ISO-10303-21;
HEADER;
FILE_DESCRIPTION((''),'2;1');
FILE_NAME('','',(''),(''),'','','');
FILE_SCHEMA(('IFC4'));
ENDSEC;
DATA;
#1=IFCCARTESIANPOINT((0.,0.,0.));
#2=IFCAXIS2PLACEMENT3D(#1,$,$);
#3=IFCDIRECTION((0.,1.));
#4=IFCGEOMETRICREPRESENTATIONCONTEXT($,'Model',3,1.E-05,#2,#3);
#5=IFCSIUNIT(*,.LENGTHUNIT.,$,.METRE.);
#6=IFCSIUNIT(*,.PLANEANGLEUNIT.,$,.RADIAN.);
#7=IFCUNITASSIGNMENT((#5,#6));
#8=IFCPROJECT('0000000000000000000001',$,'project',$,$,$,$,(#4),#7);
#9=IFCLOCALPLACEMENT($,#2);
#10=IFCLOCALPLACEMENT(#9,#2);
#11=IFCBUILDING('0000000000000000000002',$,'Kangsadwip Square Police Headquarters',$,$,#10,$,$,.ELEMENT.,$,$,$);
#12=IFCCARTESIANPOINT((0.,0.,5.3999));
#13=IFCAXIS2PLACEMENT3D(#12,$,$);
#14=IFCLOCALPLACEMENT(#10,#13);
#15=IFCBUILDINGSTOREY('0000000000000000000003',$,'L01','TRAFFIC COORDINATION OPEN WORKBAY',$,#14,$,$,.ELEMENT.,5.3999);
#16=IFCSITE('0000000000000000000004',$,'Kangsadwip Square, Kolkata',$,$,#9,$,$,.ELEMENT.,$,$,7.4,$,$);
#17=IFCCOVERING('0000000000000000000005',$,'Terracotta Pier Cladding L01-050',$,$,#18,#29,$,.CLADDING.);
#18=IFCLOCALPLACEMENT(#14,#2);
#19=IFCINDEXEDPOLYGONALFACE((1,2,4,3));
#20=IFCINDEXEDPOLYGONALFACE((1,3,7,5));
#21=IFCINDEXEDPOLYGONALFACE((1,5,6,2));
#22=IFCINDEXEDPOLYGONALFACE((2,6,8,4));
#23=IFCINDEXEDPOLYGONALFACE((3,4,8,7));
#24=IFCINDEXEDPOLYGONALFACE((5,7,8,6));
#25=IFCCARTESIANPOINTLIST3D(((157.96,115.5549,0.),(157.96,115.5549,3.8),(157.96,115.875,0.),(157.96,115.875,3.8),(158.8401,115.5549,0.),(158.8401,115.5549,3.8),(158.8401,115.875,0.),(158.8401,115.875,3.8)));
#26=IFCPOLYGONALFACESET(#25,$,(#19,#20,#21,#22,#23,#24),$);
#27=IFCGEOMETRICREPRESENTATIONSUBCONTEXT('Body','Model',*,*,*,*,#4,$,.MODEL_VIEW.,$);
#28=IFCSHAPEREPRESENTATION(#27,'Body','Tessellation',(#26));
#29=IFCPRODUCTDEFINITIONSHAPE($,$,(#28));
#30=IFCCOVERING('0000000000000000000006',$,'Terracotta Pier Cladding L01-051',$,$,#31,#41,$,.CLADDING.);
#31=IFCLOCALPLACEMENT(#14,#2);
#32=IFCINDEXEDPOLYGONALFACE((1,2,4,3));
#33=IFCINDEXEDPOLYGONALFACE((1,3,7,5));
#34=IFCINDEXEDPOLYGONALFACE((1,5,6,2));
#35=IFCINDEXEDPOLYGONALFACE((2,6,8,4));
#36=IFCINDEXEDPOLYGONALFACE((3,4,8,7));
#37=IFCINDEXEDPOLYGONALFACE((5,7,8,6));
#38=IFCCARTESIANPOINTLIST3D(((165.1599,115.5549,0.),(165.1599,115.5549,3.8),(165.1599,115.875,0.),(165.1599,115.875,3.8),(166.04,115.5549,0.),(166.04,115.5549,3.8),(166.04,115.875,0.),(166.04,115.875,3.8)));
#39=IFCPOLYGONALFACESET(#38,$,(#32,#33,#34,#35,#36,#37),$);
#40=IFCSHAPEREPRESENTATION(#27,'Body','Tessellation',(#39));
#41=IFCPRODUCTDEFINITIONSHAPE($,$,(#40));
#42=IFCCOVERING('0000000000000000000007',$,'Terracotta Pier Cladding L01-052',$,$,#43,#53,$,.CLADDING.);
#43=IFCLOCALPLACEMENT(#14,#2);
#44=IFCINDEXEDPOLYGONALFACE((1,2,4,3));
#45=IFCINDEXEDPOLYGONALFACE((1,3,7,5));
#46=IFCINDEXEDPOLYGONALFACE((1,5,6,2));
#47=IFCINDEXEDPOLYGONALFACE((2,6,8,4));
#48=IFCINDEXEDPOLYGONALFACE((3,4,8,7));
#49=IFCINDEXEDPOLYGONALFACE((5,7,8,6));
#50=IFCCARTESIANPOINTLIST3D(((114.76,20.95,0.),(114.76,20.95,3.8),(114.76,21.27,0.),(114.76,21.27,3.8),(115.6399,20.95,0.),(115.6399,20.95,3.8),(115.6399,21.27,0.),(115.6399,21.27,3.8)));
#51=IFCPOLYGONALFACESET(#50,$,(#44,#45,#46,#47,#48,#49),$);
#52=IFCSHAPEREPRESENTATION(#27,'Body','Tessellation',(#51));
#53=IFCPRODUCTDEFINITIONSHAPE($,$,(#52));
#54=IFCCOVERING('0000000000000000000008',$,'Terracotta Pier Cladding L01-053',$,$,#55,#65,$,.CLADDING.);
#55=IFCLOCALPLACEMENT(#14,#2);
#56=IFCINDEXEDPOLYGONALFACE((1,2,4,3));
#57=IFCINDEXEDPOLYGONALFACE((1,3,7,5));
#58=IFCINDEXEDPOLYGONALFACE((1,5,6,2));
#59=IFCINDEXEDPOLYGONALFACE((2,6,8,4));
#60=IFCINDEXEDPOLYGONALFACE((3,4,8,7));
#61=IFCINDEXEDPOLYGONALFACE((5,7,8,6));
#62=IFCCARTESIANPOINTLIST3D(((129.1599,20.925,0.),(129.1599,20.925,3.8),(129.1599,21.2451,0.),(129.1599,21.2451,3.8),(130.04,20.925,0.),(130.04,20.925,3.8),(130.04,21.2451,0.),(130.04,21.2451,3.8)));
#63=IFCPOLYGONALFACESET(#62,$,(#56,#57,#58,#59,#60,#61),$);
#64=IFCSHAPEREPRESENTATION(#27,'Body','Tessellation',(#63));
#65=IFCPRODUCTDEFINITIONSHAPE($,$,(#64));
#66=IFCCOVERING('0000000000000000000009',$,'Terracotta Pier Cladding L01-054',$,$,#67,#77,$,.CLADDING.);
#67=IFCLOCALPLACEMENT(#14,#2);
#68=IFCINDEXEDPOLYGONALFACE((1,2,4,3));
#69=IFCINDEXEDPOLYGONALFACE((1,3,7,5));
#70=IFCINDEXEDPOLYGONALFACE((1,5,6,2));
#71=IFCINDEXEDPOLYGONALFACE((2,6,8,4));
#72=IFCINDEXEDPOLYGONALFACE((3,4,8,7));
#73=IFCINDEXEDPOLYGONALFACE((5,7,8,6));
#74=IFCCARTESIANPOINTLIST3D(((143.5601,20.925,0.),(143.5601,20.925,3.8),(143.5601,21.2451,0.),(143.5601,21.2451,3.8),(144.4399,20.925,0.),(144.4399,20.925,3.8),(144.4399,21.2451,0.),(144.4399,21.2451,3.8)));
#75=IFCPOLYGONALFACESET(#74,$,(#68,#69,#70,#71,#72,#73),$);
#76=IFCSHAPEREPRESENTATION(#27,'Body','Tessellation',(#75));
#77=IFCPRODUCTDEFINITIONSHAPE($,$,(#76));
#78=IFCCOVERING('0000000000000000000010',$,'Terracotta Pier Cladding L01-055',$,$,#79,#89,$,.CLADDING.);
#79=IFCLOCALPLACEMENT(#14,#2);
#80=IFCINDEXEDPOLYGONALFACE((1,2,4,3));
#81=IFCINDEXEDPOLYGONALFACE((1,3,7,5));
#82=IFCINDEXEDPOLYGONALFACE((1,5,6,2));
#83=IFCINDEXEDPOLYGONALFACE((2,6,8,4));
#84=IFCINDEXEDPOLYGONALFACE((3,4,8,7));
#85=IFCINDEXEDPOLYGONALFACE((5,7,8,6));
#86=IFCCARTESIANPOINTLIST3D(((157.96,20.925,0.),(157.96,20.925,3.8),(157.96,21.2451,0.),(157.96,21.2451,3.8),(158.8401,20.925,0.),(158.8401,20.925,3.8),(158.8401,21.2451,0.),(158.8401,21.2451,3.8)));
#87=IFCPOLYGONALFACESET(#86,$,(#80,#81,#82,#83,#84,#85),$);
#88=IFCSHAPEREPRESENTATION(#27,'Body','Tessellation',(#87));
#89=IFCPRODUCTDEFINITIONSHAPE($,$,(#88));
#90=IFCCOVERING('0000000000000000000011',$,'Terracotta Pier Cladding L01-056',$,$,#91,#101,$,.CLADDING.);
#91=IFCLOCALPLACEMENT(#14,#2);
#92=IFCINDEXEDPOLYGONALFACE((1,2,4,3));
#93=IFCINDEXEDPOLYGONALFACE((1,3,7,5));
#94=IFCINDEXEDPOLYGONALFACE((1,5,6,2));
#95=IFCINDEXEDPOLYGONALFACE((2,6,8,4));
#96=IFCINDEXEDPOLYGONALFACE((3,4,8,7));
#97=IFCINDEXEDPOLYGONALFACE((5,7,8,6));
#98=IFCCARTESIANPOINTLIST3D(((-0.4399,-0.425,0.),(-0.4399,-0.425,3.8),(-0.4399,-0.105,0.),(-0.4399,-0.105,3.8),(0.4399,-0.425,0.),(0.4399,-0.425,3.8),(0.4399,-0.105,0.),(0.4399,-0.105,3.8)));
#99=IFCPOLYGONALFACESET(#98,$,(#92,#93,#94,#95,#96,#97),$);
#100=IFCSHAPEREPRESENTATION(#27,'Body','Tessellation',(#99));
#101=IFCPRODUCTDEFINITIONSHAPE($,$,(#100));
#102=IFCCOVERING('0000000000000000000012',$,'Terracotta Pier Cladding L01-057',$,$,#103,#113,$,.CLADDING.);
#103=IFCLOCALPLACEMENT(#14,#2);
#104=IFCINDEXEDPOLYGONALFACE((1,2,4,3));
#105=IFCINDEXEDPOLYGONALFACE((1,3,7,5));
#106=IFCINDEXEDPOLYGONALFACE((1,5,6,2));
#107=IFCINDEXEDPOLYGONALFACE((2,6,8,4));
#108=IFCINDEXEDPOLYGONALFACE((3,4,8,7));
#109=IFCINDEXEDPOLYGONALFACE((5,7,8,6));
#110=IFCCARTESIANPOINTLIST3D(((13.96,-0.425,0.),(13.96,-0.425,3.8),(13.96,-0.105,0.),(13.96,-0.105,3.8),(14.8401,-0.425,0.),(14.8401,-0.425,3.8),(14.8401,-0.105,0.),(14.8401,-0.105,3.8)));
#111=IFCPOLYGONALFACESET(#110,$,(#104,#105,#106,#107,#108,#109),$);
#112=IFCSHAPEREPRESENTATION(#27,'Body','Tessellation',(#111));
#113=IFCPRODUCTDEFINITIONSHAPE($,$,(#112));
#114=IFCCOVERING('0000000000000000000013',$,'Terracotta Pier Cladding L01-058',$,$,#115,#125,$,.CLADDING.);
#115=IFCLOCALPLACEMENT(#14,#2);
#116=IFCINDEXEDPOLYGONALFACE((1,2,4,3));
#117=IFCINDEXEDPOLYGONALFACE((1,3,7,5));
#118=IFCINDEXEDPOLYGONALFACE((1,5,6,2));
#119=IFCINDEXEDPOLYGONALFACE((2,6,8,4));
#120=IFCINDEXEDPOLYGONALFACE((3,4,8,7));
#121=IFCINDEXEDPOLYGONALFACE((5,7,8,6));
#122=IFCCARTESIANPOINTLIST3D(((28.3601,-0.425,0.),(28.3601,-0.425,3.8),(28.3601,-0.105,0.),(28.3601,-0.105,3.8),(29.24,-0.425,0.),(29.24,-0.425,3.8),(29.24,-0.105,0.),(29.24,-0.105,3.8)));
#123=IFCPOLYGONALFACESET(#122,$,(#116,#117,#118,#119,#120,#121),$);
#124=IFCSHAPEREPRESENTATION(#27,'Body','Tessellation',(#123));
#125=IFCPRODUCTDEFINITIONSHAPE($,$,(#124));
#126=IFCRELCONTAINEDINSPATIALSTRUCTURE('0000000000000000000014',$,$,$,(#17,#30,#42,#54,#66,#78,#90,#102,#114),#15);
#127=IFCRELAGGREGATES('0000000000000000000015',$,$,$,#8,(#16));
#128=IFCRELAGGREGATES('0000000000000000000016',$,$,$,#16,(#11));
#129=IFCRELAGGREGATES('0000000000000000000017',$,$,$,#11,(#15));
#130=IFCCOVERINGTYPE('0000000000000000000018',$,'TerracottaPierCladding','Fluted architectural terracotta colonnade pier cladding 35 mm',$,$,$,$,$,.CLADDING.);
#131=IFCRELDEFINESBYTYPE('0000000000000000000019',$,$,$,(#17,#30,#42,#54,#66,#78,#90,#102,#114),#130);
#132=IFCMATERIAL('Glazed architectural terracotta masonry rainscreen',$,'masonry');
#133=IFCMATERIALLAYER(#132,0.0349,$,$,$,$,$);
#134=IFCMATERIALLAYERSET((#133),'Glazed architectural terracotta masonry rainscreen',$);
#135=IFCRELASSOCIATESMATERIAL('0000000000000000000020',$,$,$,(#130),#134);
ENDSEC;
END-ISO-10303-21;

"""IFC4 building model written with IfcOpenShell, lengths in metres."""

from ifc_helpers import new_model, si_unit, direction, frame, origin, place, context, subcontext, project, spatial, polyline, outline, extrude, material, layer, layer_set, type_object, element, save


model = new_model("IFC4")

# Units and contexts
model_context = context("Model", 3, precision=1e-05, world=origin(), true_north=direction((0.0, 1.0)))
body_context = subcontext(model_context, "Body", "Model", "MODEL_VIEW")
ifc_project = project(units=[si_unit("LENGTHUNIT", "METRE"), si_unit("PLANEANGLEUNIT", "RADIAN")], contexts=[model_context])

# Site, building, storey
site_placement = place(None, origin())
site = spatial("IfcSite", under=ifc_project, at=site_placement, Name="Kangsadwip Square, Kolkata", CompositionType="ELEMENT", RefElevation=7.4)
building_placement = place(site_placement, origin())
building = spatial("IfcBuilding", under=site, at=building_placement, Name="Kangsadwip Square Police Headquarters", CompositionType="ELEMENT")
storey_placement = place(building_placement, frame((0.0, 0.0, 5.3999)))
storey = spatial("IfcBuildingStorey", under=building, at=storey_placement, Name="L01", Description="TRAFFIC COORDINATION OPEN WORKBAY", CompositionType="ELEMENT", Elevation=5.3999)

# Coverings
ifc_material_1 = material(Name="Glazed architectural terracotta masonry rainscreen", Category="masonry")
ifc_layer_1 = layer(ifc_material_1, 0.0349)
ifc_layer_set_1 = layer_set([ifc_layer_1], Name="Glazed architectural terracotta masonry rainscreen")
covering_type = type_object("IfcCoveringType", Name="TerracottaPierCladding", Description="Fluted architectural terracotta colonnade pier cladding 35 mm", PredefinedType="CLADDING", material=ifc_layer_set_1)
covering_1_placement = place(storey_placement, origin())
element("IfcCovering", 1, at=covering_1_placement, inside=storey, type_object=covering_type, Name="Terracotta Pier Cladding L01-050", PredefinedType="CLADDING", context=body_context, shape_type="SweptSolid", body=[
    extrude(outline(polyline([(157.96, 115.5549), (158.8401, 115.5549), (158.8401, 115.875), (157.96, 115.875), (157.96, 115.5549)])), origin(), (0.0, 0.0, 1.0), 3.8),
])
covering_2_placement = place(storey_placement, origin())
element("IfcCovering", 2, at=covering_2_placement, inside=storey, type_object=covering_type, Name="Terracotta Pier Cladding L01-051", PredefinedType="CLADDING", context=body_context, shape_type="SweptSolid", body=[
    extrude(outline(polyline([(165.1599, 115.5549), (166.04, 115.5549), (166.04, 115.875), (165.1599, 115.875), (165.1599, 115.5549)])), origin(), (0.0, 0.0, 1.0), 3.8),
])
covering_3_placement = place(storey_placement, origin())
element("IfcCovering", 3, at=covering_3_placement, inside=storey, type_object=covering_type, Name="Terracotta Pier Cladding L01-052", PredefinedType="CLADDING", context=body_context, shape_type="SweptSolid", body=[
    extrude(outline(polyline([(114.76, 20.95), (115.6399, 20.95), (115.6399, 21.27), (114.76, 21.27), (114.76, 20.95)])), origin(), (0.0, 0.0, 1.0), 3.8),
])
covering_4_placement = place(storey_placement, origin())
element("IfcCovering", 4, at=covering_4_placement, inside=storey, type_object=covering_type, Name="Terracotta Pier Cladding L01-053", PredefinedType="CLADDING", context=body_context, shape_type="SweptSolid", body=[
    extrude(outline(polyline([(129.1599, 20.925), (130.04, 20.925), (130.04, 21.2451), (129.1599, 21.2451), (129.1599, 20.925)])), origin(), (0.0, 0.0, 1.0), 3.8),
])
covering_5_placement = place(storey_placement, origin())
element("IfcCovering", 5, at=covering_5_placement, inside=storey, type_object=covering_type, Name="Terracotta Pier Cladding L01-054", PredefinedType="CLADDING", context=body_context, shape_type="SweptSolid", body=[
    extrude(outline(polyline([(143.5601, 20.925), (144.4399, 20.925), (144.4399, 21.2451), (143.5601, 21.2451), (143.5601, 20.925)])), origin(), (0.0, 0.0, 1.0), 3.8),
])
covering_6_placement = place(storey_placement, origin())
element("IfcCovering", 6, at=covering_6_placement, inside=storey, type_object=covering_type, Name="Terracotta Pier Cladding L01-055", PredefinedType="CLADDING", context=body_context, shape_type="SweptSolid", body=[
    extrude(outline(polyline([(157.96, 20.925), (158.8401, 20.925), (158.8401, 21.2451), (157.96, 21.2451), (157.96, 20.925)])), origin(), (0.0, 0.0, 1.0), 3.8),
])
covering_7_placement = place(storey_placement, origin())
element("IfcCovering", 7, at=covering_7_placement, inside=storey, type_object=covering_type, Name="Terracotta Pier Cladding L01-056", PredefinedType="CLADDING", context=body_context, shape_type="SweptSolid", body=[
    extrude(outline(polyline([(-0.4399, -0.425), (0.4399, -0.425), (0.4399, -0.105), (-0.4399, -0.105), (-0.4399, -0.425)])), origin(), (0.0, 0.0, 1.0), 3.8),
])
covering_8_placement = place(storey_placement, origin())
element("IfcCovering", 8, at=covering_8_placement, inside=storey, type_object=covering_type, Name="Terracotta Pier Cladding L01-057", PredefinedType="CLADDING", context=body_context, shape_type="SweptSolid", body=[
    extrude(outline(polyline([(13.96, -0.425), (14.8401, -0.425), (14.8401, -0.105), (13.96, -0.105), (13.96, -0.425)])), origin(), (0.0, 0.0, 1.0), 3.8),
])
covering_9_placement = place(storey_placement, origin())
element("IfcCovering", 9, at=covering_9_placement, inside=storey, type_object=covering_type, Name="Terracotta Pier Cladding L01-058", PredefinedType="CLADDING", context=body_context, shape_type="SweptSolid", body=[
    extrude(outline(polyline([(28.3601, -0.425), (29.24, -0.425), (29.24, -0.105), (28.3601, -0.105), (28.3601, -0.425)])), origin(), (0.0, 0.0, 1.0), 3.8),
])

save(model, "model.ifc")
